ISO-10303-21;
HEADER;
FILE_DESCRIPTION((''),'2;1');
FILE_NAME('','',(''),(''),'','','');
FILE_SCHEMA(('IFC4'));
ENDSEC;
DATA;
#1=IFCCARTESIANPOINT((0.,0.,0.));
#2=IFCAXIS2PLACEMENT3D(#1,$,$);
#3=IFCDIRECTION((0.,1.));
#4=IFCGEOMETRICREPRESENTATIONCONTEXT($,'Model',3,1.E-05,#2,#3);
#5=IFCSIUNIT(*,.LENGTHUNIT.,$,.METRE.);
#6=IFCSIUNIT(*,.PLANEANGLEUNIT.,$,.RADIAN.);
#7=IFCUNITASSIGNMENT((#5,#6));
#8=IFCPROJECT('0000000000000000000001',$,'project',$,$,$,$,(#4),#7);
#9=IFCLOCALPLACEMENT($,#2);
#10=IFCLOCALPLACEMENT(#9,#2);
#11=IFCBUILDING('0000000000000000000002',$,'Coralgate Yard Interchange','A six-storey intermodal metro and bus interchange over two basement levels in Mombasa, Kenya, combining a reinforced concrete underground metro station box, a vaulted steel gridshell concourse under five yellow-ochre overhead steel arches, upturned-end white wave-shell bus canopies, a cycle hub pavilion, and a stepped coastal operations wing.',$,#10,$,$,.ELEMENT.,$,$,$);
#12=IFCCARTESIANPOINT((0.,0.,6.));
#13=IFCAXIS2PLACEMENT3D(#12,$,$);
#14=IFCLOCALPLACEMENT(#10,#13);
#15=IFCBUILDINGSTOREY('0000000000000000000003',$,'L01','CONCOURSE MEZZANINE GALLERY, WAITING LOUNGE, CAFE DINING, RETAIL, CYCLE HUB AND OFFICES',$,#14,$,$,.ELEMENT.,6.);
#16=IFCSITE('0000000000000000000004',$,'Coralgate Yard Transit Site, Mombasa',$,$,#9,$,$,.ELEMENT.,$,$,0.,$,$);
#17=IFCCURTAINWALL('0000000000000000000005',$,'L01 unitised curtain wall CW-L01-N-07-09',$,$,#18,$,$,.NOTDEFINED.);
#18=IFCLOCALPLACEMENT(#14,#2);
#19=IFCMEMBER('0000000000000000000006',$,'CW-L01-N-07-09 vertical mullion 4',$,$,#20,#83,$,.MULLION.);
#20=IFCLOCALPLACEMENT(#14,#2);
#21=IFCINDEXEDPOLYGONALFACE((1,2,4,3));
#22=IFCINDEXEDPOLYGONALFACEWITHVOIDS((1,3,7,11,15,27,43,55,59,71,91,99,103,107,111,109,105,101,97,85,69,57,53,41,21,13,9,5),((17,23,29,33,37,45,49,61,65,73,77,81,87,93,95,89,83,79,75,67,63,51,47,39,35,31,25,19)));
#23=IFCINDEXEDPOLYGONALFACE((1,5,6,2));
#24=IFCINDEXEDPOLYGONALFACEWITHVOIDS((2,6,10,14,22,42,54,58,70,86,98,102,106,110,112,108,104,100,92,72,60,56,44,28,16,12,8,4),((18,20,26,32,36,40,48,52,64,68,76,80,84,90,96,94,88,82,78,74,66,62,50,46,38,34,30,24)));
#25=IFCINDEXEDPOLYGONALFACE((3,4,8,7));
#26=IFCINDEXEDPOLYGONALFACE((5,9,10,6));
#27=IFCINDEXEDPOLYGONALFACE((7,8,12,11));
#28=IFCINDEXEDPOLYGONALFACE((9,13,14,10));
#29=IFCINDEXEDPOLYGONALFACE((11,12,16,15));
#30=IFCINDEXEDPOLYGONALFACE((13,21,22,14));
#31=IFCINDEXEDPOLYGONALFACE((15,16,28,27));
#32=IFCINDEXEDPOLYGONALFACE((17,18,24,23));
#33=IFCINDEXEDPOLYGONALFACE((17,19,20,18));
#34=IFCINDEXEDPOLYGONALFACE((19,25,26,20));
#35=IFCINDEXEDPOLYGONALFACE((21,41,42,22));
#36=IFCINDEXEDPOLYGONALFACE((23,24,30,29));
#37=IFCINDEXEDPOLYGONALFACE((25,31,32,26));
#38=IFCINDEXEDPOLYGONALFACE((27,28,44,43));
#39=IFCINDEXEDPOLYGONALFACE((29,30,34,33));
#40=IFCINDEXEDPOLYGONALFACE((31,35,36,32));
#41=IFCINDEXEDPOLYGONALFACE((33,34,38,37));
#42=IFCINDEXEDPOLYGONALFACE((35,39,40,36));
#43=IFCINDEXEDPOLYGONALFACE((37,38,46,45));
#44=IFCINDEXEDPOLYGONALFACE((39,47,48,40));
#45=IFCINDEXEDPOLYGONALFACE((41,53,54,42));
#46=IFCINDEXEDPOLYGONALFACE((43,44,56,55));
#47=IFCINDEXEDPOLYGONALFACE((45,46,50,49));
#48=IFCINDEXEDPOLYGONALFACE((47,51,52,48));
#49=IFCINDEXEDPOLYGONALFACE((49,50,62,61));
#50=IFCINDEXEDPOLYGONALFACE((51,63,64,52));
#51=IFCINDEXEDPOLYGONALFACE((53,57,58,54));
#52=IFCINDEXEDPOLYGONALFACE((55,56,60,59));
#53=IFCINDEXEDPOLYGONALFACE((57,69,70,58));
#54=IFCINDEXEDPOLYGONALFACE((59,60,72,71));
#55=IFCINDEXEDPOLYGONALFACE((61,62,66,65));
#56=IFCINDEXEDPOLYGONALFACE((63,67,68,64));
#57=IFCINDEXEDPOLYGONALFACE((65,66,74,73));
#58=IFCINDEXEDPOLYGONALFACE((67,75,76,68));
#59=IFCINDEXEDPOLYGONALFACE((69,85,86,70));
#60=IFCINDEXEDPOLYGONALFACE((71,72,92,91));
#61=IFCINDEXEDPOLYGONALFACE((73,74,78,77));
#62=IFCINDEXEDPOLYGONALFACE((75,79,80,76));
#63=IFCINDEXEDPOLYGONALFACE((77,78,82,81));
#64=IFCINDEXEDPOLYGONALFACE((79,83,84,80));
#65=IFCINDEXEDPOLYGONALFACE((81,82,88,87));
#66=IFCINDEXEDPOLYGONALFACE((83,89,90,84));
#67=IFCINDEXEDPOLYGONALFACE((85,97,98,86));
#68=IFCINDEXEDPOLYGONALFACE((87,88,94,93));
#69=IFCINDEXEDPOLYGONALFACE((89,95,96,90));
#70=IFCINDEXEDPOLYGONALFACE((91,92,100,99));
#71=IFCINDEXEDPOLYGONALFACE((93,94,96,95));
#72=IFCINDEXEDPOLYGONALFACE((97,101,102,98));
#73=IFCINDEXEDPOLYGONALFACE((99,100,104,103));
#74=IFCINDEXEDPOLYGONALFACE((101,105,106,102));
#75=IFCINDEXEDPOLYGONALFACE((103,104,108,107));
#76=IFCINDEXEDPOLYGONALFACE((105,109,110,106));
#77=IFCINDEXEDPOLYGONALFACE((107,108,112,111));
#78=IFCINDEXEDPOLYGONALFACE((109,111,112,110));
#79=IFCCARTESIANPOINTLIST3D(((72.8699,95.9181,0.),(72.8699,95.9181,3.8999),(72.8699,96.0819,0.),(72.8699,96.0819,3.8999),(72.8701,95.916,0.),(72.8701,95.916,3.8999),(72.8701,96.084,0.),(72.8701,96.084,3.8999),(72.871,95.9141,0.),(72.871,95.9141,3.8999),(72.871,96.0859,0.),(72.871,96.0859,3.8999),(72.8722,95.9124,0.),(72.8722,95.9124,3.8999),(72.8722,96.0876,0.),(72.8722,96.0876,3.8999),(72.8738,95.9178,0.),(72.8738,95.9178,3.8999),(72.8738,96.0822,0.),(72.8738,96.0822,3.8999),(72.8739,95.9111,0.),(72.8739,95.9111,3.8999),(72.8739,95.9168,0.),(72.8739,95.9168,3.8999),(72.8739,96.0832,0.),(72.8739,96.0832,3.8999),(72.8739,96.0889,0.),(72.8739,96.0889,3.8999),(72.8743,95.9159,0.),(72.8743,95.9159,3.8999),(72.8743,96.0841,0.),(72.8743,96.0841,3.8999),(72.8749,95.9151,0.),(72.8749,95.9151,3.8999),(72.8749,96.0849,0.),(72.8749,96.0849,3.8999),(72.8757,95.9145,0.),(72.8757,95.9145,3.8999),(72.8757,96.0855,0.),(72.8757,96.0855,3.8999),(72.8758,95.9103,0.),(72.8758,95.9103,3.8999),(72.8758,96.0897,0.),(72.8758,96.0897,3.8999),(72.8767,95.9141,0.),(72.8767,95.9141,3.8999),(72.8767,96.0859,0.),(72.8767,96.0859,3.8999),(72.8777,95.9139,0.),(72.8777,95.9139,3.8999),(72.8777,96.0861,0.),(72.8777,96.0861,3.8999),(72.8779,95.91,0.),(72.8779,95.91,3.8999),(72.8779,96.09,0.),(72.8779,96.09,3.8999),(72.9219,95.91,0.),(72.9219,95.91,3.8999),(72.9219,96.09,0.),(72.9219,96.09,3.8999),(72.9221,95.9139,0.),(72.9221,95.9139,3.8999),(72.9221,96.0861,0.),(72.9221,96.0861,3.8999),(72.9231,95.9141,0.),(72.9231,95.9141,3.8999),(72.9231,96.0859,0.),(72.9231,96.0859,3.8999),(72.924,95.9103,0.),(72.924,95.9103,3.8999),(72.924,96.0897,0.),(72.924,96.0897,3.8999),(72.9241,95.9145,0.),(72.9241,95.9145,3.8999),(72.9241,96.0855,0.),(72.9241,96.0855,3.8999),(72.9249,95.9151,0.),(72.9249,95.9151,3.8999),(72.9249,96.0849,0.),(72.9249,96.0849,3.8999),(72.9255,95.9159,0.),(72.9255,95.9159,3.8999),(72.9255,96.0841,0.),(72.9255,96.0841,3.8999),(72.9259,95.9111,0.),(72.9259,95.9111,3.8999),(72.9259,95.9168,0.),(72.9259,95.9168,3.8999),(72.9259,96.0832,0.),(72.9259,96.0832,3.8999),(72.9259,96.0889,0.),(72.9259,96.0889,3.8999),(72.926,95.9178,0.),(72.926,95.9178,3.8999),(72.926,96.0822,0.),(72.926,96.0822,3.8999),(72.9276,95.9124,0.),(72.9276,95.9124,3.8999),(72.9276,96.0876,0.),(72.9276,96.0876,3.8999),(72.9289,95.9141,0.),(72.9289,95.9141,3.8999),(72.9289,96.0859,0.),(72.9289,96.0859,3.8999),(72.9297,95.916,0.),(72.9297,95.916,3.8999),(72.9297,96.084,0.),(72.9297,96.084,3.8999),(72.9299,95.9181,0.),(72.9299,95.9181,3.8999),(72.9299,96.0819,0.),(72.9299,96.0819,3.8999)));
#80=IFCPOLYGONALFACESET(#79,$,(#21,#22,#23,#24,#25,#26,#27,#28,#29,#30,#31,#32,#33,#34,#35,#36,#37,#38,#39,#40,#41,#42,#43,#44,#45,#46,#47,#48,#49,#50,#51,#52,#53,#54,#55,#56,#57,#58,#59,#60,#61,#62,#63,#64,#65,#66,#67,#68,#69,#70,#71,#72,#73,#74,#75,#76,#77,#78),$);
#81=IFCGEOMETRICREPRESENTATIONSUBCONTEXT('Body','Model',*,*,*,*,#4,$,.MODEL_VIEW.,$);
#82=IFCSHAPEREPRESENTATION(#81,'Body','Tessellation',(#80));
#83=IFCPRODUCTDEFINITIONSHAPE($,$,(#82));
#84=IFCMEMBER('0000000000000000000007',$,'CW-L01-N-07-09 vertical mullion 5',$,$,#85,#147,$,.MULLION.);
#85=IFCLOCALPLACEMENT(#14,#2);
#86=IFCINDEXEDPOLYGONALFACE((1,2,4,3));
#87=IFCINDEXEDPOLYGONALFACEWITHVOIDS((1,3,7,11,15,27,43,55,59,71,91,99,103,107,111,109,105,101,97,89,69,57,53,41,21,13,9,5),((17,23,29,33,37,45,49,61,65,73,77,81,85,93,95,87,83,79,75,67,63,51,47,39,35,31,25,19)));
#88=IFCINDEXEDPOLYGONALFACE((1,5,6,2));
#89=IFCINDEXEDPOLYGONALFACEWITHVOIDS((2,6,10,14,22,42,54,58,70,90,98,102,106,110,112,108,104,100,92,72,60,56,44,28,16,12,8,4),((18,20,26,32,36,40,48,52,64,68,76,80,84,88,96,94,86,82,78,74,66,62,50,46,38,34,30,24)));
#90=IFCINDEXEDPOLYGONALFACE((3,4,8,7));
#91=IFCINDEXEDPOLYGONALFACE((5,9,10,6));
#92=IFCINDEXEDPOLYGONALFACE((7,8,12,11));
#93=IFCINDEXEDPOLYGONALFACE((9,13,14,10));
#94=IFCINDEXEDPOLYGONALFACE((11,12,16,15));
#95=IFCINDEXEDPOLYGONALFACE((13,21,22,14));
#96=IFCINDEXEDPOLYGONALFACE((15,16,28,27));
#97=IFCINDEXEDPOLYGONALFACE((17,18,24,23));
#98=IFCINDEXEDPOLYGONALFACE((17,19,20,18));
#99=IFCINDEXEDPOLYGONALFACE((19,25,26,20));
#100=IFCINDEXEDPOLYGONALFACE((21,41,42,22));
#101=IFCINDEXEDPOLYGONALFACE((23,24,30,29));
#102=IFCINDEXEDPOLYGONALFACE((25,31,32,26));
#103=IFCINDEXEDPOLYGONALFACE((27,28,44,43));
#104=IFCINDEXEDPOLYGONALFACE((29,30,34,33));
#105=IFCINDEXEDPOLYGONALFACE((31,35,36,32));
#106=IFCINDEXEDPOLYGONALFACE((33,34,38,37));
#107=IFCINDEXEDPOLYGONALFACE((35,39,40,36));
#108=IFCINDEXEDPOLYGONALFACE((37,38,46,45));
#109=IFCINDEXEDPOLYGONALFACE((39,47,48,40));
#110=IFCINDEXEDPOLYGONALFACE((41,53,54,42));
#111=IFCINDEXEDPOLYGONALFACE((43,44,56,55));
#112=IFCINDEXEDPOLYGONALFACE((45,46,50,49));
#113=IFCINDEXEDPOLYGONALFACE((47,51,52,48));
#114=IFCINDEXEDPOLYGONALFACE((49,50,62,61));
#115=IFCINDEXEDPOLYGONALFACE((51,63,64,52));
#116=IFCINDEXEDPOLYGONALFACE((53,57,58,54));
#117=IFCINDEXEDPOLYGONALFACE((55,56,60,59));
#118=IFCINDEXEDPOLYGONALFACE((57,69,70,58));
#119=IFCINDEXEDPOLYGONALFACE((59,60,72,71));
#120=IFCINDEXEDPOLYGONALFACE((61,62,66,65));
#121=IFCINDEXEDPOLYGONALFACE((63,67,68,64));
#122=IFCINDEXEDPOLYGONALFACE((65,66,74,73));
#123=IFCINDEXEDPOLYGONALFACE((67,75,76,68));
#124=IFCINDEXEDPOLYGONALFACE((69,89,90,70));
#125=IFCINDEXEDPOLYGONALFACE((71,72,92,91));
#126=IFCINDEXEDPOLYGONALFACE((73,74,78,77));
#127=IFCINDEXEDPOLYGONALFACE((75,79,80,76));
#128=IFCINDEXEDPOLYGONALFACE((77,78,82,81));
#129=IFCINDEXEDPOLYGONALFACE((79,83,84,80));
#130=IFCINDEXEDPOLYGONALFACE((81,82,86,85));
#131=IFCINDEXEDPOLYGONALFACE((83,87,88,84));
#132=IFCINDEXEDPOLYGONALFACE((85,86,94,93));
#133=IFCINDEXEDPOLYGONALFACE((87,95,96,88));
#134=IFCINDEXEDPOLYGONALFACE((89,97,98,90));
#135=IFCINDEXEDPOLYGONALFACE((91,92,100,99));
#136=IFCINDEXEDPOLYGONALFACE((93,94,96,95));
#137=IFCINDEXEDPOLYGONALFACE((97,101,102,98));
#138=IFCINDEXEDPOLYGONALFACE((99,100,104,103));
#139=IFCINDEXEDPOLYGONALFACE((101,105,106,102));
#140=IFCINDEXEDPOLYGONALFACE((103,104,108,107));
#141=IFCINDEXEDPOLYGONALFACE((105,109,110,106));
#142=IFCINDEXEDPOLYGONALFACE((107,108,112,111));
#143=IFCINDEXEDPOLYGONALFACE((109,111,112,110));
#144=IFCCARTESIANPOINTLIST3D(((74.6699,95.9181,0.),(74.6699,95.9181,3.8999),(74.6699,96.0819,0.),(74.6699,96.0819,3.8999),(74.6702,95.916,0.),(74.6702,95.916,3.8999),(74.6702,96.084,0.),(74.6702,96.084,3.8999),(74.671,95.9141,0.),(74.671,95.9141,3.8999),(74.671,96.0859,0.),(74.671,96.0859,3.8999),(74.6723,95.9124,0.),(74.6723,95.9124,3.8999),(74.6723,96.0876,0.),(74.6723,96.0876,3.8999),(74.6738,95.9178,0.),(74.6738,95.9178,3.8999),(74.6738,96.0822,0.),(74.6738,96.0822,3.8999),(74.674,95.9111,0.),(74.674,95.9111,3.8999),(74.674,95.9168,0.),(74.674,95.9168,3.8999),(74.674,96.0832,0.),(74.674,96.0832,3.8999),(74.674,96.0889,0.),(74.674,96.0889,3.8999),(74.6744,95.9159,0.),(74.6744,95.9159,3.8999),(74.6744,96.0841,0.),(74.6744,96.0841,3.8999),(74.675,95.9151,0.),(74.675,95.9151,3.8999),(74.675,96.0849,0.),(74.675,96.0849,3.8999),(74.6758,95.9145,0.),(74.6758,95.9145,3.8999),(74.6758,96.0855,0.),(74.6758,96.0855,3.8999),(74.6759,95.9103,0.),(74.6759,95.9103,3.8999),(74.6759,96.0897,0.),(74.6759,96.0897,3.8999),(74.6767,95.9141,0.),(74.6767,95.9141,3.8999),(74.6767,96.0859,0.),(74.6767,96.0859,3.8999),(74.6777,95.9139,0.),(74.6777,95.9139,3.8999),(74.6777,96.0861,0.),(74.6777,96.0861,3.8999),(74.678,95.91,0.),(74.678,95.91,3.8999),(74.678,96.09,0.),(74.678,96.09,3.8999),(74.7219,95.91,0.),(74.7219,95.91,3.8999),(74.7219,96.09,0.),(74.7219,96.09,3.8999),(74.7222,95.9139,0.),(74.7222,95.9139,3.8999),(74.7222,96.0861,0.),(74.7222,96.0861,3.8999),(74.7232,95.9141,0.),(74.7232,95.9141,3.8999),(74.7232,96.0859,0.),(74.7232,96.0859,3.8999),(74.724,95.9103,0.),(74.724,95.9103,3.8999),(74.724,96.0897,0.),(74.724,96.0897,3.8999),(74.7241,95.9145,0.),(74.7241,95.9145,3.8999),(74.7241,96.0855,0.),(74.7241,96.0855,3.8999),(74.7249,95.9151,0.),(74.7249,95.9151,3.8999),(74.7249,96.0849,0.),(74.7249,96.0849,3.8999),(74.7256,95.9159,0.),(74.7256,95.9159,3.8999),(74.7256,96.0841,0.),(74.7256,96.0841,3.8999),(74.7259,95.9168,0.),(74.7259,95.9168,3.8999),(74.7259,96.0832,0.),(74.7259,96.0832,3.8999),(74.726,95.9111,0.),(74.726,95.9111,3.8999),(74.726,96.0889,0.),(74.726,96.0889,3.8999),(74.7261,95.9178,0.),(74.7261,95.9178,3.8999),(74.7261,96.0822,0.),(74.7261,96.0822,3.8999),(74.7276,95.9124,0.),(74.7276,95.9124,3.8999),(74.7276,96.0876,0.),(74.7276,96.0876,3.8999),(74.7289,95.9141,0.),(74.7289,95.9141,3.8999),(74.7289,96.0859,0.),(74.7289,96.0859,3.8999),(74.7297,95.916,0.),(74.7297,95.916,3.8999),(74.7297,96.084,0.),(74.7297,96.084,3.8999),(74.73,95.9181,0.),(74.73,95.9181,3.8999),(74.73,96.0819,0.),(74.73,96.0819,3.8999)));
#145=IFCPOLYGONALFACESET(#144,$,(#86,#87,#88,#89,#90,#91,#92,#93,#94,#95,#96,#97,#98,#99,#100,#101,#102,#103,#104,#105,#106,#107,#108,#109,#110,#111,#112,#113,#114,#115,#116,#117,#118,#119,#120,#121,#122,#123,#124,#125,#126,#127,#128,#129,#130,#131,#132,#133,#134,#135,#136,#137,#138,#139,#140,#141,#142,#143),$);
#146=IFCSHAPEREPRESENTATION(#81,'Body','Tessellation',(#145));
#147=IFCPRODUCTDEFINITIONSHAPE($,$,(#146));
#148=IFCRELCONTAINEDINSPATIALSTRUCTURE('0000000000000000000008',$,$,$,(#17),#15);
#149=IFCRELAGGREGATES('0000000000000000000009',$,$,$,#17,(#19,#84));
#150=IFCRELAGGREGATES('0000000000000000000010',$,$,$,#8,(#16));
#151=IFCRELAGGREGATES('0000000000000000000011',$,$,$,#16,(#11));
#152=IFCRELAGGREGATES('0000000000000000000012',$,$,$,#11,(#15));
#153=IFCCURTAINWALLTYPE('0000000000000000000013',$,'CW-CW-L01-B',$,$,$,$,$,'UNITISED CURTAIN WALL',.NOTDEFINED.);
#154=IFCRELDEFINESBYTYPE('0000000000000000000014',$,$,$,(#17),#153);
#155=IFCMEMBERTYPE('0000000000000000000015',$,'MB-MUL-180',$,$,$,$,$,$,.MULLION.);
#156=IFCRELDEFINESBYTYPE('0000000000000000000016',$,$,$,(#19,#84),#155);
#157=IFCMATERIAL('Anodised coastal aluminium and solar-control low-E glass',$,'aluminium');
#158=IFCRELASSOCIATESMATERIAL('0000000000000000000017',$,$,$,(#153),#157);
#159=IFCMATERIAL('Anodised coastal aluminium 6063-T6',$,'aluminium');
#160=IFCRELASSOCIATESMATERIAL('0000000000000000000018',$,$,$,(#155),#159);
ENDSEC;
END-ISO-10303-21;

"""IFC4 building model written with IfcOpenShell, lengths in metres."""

from ifc_helpers import new_model, si_unit, direction, frame, origin, origin_2d, place, context, subcontext, project, spatial, hollow_rectangle, extrude, material, material_profile, profile_set, type_object, element, aggregate, save


model = new_model("IFC4")

# Units and contexts
model_context = context("Model", 3, precision=1e-05, world=origin(), true_north=direction((0.0, 1.0)))
body_context = subcontext(model_context, "Body", "Model", "MODEL_VIEW")
ifc_project = project(units=[si_unit("LENGTHUNIT", "METRE"), si_unit("PLANEANGLEUNIT", "RADIAN")], contexts=[model_context])

# Site, building, storey
site_placement = place(None, origin())
site = spatial("IfcSite", under=ifc_project, at=site_placement, Name="Coralgate Yard Transit Site, Mombasa", CompositionType="ELEMENT", RefElevation=0.0)
building_placement = place(site_placement, origin())
building = spatial("IfcBuilding", under=site, at=building_placement, Name="Coralgate Yard Interchange", Description="A six-storey intermodal metro and bus interchange over two basement levels in Mombasa, Kenya, combining a reinforced concrete underground metro station box, a vaulted steel gridshell concourse under five yellow-ochre overhead steel arches, upturned-end white wave-shell bus canopies, a cycle hub pavilion, and a stepped coastal operations wing.", CompositionType="ELEMENT")
storey_placement = place(building_placement, frame((0.0, 0.0, 6.0)))
storey = spatial("IfcBuildingStorey", under=building, at=storey_placement, Name="L01", Description="CONCOURSE MEZZANINE GALLERY, WAITING LOUNGE, CAFE DINING, RETAIL, CYCLE HUB AND OFFICES", CompositionType="ELEMENT", Elevation=6.0)

# Curtain wall, members
ifc_material_1 = material(Name="Anodised coastal aluminium and solar-control low-E glass", Category="aluminium")
curtain_wall_type = type_object("IfcCurtainWallType", Name="CW-CW-L01-B", ElementType="UNITISED CURTAIN WALL", PredefinedType="NOTDEFINED", material=ifc_material_1)
curtain_wall_placement = place(storey_placement, origin())
curtain_wall = element("IfcCurtainWall", 1, at=curtain_wall_placement, inside=storey, type_object=curtain_wall_type, Name="L01 unitised curtain wall CW-L01-N-07-09", PredefinedType="NOTDEFINED")
ifc_material_2 = material(Name="Anodised coastal aluminium 6063-T6", Category="aluminium")
ifc_material_profile_1 = material_profile(ifc_material_2, hollow_rectangle(XDim=0.0601, YDim=0.1799, WallThickness=0.0039, InnerFilletRadius=0.0039, OuterFilletRadius=0.0081, at=origin_2d()), Name="ALU 60x180x4")
ifc_profile_set_1 = profile_set([ifc_material_profile_1], Name="Anodised coastal aluminium 6063-T6")
member_type_1 = type_object("IfcMemberType", Name="MB-MUL-180", PredefinedType="MULLION", material=ifc_profile_set_1)
member_1_placement = place(storey_placement, frame((72.8999, 96.0, 0.0), z_axis=(0.0, 0.0, 1.0), x_axis=(1.0, 0.0, 0.0)))
member_1 = element("IfcMember", 2, at=member_1_placement, type_object=member_type_1, Name="CW-L01-N-07-09 vertical mullion 4", PredefinedType="MULLION", context=body_context, shape_type="SweptSolid", body=[
    extrude(hollow_rectangle(XDim=0.0601, YDim=0.1799, WallThickness=0.0039, InnerFilletRadius=0.0039, OuterFilletRadius=0.0081, at=origin_2d()), origin(), (0.0, 0.0, 1.0), 3.8999),
])
member_2_placement = place(storey_placement, frame((74.7, 96.0, 0.0), z_axis=(0.0, 0.0, 1.0), x_axis=(1.0, 0.0, 0.0)))
member_2 = element("IfcMember", 3, at=member_2_placement, type_object=member_type_1, Name="CW-L01-N-07-09 vertical mullion 5", PredefinedType="MULLION", context=body_context, shape_type="SweptSolid", body=[
    extrude(hollow_rectangle(XDim=0.0601, YDim=0.1799, WallThickness=0.0039, InnerFilletRadius=0.0039, OuterFilletRadius=0.0081, at=origin_2d()), origin(), (0.0, 0.0, 1.0), 3.8999),
])

aggregate(curtain_wall, [member_1, member_2])

save(model, "model.ifc")
